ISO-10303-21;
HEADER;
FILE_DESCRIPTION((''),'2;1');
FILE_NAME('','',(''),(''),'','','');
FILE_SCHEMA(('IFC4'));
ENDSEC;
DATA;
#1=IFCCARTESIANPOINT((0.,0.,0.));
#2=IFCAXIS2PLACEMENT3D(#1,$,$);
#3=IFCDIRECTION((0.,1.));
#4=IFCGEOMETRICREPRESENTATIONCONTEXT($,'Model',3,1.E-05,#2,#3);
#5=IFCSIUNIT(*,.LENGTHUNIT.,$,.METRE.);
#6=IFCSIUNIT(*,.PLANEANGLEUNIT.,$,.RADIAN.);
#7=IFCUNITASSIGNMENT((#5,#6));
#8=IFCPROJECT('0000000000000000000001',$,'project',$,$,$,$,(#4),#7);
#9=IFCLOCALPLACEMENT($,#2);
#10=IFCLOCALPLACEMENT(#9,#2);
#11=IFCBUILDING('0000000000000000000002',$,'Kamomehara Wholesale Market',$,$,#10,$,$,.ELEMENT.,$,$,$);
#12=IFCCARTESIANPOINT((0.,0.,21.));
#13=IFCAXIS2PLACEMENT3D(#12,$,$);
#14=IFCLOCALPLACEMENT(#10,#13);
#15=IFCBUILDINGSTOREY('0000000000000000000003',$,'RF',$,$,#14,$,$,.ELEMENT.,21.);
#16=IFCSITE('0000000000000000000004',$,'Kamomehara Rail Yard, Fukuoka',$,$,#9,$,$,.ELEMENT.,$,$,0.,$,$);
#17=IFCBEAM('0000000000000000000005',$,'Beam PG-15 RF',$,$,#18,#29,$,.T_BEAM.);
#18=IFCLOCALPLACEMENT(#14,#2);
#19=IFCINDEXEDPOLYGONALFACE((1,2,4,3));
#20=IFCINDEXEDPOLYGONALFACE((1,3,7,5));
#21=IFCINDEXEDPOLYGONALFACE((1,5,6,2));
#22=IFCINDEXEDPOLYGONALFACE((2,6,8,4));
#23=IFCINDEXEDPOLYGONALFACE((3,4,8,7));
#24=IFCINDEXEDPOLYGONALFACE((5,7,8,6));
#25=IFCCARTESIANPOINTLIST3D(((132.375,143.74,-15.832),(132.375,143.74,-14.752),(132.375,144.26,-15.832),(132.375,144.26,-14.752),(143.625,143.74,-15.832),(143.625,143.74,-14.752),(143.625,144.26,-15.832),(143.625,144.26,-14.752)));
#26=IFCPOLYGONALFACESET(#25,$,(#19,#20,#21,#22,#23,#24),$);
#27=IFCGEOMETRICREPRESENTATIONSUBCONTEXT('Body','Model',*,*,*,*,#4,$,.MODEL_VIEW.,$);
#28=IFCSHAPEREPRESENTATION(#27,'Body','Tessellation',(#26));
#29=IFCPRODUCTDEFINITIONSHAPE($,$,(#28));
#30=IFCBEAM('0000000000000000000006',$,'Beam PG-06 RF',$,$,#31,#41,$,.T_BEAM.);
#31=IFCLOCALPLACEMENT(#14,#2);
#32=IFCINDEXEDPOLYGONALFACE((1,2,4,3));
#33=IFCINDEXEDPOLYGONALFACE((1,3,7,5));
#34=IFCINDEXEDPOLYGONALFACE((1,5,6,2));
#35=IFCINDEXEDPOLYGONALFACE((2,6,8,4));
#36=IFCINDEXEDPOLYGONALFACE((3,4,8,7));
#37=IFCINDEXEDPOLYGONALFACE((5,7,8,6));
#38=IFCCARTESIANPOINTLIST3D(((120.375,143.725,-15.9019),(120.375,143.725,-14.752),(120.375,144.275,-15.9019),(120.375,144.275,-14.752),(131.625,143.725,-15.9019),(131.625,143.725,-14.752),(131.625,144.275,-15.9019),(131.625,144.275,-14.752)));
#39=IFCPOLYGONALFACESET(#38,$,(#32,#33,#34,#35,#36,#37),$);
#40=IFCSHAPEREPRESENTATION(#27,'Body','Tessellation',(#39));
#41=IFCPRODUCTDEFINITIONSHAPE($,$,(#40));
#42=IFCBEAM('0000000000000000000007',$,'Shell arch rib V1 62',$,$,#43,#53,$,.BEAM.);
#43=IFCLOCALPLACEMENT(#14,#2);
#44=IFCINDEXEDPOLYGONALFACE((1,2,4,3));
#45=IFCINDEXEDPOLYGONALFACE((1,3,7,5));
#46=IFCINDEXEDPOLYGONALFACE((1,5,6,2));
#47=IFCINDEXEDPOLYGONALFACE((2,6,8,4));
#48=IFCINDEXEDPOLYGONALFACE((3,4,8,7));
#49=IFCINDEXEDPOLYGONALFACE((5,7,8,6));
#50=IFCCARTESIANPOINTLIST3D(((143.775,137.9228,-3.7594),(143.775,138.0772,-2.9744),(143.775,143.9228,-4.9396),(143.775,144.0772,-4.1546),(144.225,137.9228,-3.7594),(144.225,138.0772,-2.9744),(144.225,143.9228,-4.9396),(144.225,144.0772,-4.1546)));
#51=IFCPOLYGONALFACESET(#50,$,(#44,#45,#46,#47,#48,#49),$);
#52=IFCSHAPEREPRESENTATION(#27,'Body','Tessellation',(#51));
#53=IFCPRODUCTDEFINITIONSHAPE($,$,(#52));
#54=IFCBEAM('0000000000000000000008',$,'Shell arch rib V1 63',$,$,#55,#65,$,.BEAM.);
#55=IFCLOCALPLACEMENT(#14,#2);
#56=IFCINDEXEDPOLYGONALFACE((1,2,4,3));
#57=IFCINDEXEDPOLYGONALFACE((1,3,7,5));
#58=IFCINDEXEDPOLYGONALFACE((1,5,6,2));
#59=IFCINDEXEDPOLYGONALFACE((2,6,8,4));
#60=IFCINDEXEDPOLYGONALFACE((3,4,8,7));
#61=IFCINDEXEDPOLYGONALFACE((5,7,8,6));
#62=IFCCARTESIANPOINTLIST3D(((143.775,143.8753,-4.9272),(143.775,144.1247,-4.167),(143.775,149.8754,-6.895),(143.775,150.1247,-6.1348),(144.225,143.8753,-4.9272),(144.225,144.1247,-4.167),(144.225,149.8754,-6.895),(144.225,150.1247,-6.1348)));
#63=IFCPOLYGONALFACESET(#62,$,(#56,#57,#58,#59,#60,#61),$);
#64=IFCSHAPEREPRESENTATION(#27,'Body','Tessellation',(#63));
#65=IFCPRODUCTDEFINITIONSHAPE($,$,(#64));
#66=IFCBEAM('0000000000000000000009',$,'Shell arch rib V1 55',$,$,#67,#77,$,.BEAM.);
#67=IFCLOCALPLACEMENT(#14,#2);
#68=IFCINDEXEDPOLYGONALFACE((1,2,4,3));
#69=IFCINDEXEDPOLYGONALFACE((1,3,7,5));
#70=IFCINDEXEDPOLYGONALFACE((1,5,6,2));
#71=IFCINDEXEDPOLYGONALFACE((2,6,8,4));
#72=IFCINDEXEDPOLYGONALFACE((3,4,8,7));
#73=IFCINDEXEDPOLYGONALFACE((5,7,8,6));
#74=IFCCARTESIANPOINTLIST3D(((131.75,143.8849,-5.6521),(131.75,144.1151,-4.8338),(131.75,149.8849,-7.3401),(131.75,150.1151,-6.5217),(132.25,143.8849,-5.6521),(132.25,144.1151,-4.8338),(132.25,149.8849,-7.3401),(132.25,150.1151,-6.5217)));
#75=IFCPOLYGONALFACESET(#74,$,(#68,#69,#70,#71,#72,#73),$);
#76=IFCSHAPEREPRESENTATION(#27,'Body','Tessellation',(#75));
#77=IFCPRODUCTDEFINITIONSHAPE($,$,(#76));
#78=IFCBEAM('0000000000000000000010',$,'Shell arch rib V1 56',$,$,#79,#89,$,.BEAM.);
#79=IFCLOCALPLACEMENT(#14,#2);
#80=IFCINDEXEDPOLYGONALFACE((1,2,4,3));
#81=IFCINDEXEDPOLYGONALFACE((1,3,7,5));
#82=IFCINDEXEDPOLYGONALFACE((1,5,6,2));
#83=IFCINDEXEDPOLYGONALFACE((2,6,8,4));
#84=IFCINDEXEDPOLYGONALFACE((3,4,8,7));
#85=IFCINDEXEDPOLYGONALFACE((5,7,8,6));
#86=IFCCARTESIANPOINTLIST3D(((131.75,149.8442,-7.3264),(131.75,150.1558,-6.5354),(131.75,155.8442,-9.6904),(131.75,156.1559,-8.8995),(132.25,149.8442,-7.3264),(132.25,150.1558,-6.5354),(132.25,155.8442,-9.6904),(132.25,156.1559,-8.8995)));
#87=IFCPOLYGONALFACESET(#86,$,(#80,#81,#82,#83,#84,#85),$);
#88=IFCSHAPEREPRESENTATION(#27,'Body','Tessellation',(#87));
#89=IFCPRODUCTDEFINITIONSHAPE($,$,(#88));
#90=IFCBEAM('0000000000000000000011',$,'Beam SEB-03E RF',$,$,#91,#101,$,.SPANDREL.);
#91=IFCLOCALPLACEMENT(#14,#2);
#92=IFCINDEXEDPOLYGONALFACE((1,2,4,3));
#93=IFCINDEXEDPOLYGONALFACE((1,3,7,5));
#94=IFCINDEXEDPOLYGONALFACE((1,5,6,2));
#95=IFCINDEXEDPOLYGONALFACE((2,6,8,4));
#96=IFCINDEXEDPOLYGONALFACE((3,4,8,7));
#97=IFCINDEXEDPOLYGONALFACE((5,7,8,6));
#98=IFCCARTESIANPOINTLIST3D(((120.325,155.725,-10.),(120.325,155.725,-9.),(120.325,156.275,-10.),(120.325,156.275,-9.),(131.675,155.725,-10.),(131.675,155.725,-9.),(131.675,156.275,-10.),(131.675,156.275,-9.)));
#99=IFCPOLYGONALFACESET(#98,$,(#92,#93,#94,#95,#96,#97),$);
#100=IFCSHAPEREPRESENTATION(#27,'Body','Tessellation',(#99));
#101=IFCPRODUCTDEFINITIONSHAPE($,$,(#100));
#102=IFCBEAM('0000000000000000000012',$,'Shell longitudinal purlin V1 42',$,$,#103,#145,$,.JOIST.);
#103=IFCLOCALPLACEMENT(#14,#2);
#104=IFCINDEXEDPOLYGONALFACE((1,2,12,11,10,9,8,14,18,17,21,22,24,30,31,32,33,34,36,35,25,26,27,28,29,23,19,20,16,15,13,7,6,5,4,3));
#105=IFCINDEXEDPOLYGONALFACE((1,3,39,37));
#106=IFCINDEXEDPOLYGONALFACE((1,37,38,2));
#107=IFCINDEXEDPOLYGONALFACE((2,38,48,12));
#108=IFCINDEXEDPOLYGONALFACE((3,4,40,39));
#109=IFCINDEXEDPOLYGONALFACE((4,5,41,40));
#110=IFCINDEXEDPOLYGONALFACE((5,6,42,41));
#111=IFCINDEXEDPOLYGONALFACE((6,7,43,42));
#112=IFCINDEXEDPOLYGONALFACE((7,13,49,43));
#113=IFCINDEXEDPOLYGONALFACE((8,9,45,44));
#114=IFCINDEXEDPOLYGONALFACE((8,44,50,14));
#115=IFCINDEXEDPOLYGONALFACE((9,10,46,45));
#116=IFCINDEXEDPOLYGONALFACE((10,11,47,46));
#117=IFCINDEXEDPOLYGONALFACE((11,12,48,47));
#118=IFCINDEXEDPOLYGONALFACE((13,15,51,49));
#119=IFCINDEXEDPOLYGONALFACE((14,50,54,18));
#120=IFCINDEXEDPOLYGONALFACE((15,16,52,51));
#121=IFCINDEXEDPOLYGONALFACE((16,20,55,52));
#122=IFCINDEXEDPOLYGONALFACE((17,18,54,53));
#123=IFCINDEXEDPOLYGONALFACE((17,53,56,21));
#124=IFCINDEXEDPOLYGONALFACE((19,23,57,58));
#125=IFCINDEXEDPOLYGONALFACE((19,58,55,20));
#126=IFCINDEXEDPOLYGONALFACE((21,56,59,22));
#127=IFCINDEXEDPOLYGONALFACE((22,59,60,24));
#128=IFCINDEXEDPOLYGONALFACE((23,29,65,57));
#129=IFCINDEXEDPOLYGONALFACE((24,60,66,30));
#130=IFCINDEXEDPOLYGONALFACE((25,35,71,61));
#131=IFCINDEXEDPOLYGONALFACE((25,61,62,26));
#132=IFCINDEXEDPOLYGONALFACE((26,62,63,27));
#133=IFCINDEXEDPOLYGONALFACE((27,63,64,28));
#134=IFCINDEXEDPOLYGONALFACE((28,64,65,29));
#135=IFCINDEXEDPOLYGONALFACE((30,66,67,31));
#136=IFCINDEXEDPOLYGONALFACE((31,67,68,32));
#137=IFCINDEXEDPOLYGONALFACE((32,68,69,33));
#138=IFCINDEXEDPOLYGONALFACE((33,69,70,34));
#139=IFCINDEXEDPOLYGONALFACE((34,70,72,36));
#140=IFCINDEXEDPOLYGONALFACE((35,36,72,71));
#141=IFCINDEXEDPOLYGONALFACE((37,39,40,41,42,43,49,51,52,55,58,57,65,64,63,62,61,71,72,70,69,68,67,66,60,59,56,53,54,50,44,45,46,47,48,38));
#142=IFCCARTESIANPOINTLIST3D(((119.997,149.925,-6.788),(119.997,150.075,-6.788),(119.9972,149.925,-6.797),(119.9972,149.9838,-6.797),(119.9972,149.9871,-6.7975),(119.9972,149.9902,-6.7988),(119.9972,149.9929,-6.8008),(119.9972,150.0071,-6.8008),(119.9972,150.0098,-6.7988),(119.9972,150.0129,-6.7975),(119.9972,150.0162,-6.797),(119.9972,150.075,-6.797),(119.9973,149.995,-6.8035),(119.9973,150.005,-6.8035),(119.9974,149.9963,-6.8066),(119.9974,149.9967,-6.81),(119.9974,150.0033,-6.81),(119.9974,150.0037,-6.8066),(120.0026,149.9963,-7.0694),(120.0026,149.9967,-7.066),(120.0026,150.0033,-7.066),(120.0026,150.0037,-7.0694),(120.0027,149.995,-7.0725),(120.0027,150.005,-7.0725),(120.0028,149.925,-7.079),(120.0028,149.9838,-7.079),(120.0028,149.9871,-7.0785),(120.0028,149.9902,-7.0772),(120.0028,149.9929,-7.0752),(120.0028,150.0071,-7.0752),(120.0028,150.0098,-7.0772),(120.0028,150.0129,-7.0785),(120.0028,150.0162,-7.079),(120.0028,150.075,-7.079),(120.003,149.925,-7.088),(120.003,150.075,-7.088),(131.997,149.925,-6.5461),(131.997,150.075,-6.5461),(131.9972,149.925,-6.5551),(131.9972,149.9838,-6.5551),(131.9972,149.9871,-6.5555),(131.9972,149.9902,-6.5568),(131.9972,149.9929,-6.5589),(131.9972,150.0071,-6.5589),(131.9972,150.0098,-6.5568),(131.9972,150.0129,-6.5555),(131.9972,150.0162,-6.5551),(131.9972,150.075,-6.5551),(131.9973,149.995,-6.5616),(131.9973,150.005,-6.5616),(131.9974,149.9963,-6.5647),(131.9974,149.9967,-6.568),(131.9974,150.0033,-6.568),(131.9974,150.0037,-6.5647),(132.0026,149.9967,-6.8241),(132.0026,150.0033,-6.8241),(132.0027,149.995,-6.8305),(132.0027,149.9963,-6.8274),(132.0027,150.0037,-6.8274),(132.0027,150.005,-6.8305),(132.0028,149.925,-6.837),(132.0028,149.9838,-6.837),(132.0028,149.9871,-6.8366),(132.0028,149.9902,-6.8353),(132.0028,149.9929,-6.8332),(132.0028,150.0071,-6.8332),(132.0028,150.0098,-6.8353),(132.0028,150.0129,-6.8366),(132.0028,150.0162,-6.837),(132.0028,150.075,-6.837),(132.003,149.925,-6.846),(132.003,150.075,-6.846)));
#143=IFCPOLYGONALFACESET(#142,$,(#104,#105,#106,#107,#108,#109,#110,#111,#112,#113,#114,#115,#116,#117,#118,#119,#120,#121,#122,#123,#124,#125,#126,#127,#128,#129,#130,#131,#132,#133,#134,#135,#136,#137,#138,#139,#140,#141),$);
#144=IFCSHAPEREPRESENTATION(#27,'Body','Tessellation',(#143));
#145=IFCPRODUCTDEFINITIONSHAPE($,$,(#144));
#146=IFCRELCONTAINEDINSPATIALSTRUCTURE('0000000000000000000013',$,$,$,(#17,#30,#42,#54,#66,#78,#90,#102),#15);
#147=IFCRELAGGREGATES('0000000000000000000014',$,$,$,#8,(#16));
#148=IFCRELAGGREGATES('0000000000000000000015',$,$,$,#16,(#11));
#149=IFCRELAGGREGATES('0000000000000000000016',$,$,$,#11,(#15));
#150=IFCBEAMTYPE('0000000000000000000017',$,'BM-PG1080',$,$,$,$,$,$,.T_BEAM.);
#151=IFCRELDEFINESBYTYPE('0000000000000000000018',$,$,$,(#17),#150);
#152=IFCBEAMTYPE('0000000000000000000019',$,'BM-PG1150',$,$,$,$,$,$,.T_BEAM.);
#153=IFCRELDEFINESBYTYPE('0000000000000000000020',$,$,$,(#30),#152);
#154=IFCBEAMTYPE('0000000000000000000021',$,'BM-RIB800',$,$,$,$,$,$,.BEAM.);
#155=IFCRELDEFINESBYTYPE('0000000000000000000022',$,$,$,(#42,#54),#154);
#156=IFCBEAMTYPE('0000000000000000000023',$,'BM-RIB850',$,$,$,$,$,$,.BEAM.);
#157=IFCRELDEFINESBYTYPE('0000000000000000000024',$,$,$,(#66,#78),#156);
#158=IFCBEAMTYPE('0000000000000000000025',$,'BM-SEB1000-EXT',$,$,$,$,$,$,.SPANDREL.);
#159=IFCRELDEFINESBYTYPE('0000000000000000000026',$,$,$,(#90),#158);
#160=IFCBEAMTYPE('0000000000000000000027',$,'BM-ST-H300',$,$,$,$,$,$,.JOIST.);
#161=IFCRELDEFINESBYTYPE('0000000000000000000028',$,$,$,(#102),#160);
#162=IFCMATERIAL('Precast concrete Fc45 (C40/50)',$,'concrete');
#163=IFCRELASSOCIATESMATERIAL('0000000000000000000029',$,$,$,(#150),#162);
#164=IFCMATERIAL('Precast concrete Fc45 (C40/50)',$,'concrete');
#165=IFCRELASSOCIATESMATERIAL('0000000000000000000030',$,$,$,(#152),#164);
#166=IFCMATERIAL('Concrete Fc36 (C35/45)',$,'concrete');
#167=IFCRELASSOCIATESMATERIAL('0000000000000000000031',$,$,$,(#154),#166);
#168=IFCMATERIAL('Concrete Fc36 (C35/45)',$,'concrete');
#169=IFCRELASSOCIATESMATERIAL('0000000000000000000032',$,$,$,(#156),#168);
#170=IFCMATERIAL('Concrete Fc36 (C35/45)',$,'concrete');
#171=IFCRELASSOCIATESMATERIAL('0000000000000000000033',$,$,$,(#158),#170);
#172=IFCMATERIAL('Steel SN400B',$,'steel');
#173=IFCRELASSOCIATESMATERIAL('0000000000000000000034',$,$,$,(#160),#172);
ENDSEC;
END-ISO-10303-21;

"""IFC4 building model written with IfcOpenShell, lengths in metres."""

from ifc_helpers import new_model, si_unit, direction, frame, origin, origin_2d, place, context, subcontext, project, spatial, rectangle, i_section, extrude, material, material_profile, profile_set, type_object, element, save


model = new_model("IFC4")

# Units and contexts
model_context = context("Model", 3, precision=1e-05, world=origin(), true_north=direction((0.0, 1.0)))
body_context = subcontext(model_context, "Body", "Model", "MODEL_VIEW")
ifc_project = project(units=[si_unit("LENGTHUNIT", "METRE"), si_unit("PLANEANGLEUNIT", "RADIAN")], contexts=[model_context])

# Site, building, storey
site_placement = place(None, origin())
site = spatial("IfcSite", under=ifc_project, at=site_placement, Name="Kamomehara Rail Yard, Fukuoka", CompositionType="ELEMENT", RefElevation=0.0)
building_placement = place(site_placement, origin())
building = spatial("IfcBuilding", under=site, at=building_placement, Name="Kamomehara Wholesale Market", CompositionType="ELEMENT")
storey_placement = place(building_placement, frame((0.0, 0.0, 21.0)))
storey = spatial("IfcBuildingStorey", under=building, at=storey_placement, Name="RF", CompositionType="ELEMENT", Elevation=21.0)

# Beams
ifc_material_1 = material(Name="Precast concrete Fc45 (C40/50)", Category="concrete")
ifc_material_profile_1 = material_profile(ifc_material_1, rectangle(XDim=0.52, YDim=1.0801, at=origin_2d()), Name="PC-GRD-520x1080")
ifc_profile_set_1 = profile_set([ifc_material_profile_1], Name="Precast concrete Fc45 (C40/50)")
beam_type_1 = type_object("IfcBeamType", Name="BM-PG1080", PredefinedType="T_BEAM", material=ifc_profile_set_1)
beam_1_placement = place(storey_placement, frame((132.375, 144.0, -15.292), z_axis=(1.0, 0.0, 0.0), x_axis=(0.0, 1.0, 0.0)))
element("IfcBeam", 1, at=beam_1_placement, inside=storey, type_object=beam_type_1, Name="Beam PG-15 RF", PredefinedType="T_BEAM", context=body_context, shape_type="SweptSolid", body=[
    extrude(rectangle(XDim=0.52, YDim=1.0801, at=origin_2d()), origin(), (0.0, 0.0, 1.0), 11.25),
])
ifc_material_2 = material(Name="Precast concrete Fc45 (C40/50)", Category="concrete")
ifc_material_profile_2 = material_profile(ifc_material_2, rectangle(XDim=0.55, YDim=1.1499, at=origin_2d()), Name="PC-GRD-550x1150")
ifc_profile_set_2 = profile_set([ifc_material_profile_2], Name="Precast concrete Fc45 (C40/50)")
beam_type_2 = type_object("IfcBeamType", Name="BM-PG1150", PredefinedType="T_BEAM", material=ifc_profile_set_2)
beam_2_placement = place(storey_placement, frame((120.375, 144.0, -15.3269), z_axis=(1.0, 0.0, 0.0), x_axis=(0.0, 1.0, 0.0)))
element("IfcBeam", 2, at=beam_2_placement, inside=storey, type_object=beam_type_2, Name="Beam PG-06 RF", PredefinedType="T_BEAM", context=body_context, shape_type="SweptSolid", body=[
    extrude(rectangle(XDim=0.55, YDim=1.1499, at=origin_2d()), origin(), (0.0, 0.0, 1.0), 11.25),
])
ifc_material_3 = material(Name="Concrete Fc36 (C35/45)", Category="concrete")
ifc_material_profile_3 = material_profile(ifc_material_3, rectangle(XDim=0.45, YDim=0.8, at=origin_2d()), Name="RC-RIB-450x800")
ifc_profile_set_3 = profile_set([ifc_material_profile_3], Name="Concrete Fc36 (C35/45)")
beam_type_3 = type_object("IfcBeamType", Name="BM-RIB800", PredefinedType="BEAM", material=ifc_profile_set_3)
beam_3_placement = place(storey_placement, frame((144.0, 138.0, -3.3669), z_axis=(0.0, 0.981199, -0.192998), x_axis=(-1.0, 0.0, 0.0)))
element("IfcBeam", 3, at=beam_3_placement, inside=storey, type_object=beam_type_3, Name="Shell arch rib V1 62", PredefinedType="BEAM", context=body_context, shape_type="SweptSolid", body=[
    extrude(rectangle(XDim=0.45, YDim=0.8, at=origin_2d()), origin(), (0.0, 0.0, 1.0), 6.115),
])
beam_4_placement = place(storey_placement, frame((144.0, 144.0, -4.5471), z_axis=(0.0, 0.950203, -0.311631), x_axis=(-1.0, 0.0, 0.0)))
element("IfcBeam", 4, at=beam_4_placement, inside=storey, type_object=beam_type_3, Name="Shell arch rib V1 63", PredefinedType="BEAM", context=body_context, shape_type="SweptSolid", body=[
    extrude(rectangle(XDim=0.45, YDim=0.8, at=origin_2d()), origin(), (0.0, 0.0, 1.0), 6.3145),
])
ifc_material_4 = material(Name="Concrete Fc36 (C35/45)", Category="concrete")
ifc_material_profile_4 = material_profile(ifc_material_4, rectangle(XDim=0.5, YDim=0.8501, at=origin_2d()), Name="RC-RIB-500x850")
ifc_profile_set_4 = profile_set([ifc_material_profile_4], Name="Concrete Fc36 (C35/45)")
beam_type_4 = type_object("IfcBeamType", Name="BM-RIB850", PredefinedType="BEAM", material=ifc_profile_set_4)
beam_5_placement = place(storey_placement, frame((132.0, 144.0, -5.2429), z_axis=(0.0, 0.962631, -0.270818), x_axis=(-1.0, 0.0, 0.0)))
element("IfcBeam", 5, at=beam_5_placement, inside=storey, type_object=beam_type_4, Name="Shell arch rib V1 55", PredefinedType="BEAM", context=body_context, shape_type="SweptSolid", body=[
    extrude(rectangle(XDim=0.5, YDim=0.8501, at=origin_2d()), origin(), (0.0, 0.0, 1.0), 6.2329),
])
beam_6_placement = place(storey_placement, frame((132.0, 150.0, -6.9309), z_axis=(0.0, 0.930388, -0.366575), x_axis=(-1.0, 0.0, 0.0)))
element("IfcBeam", 6, at=beam_6_placement, inside=storey, type_object=beam_type_4, Name="Shell arch rib V1 56", PredefinedType="BEAM", context=body_context, shape_type="SweptSolid", body=[
    extrude(rectangle(XDim=0.5, YDim=0.8501, at=origin_2d()), origin(), (0.0, 0.0, 1.0), 6.449),
])
ifc_material_5 = material(Name="Concrete Fc36 (C35/45)", Category="concrete")
ifc_material_profile_5 = material_profile(ifc_material_5, rectangle(XDim=0.55, YDim=1.0, at=origin_2d()), Name="RC-SEB-550x1000")
ifc_profile_set_5 = profile_set([ifc_material_profile_5], Name="Concrete Fc36 (C35/45)")
beam_type_5 = type_object("IfcBeamType", Name="BM-SEB1000-EXT", PredefinedType="SPANDREL", material=ifc_profile_set_5)
beam_7_placement = place(storey_placement, frame((120.325, 156.0, -9.5), z_axis=(1.0, 0.0, 0.0), x_axis=(0.0, 1.0, 0.0)))
element("IfcBeam", 7, at=beam_7_placement, inside=storey, type_object=beam_type_5, Name="Beam SEB-03E RF", PredefinedType="SPANDREL", context=body_context, shape_type="SweptSolid", body=[
    extrude(rectangle(XDim=0.55, YDim=1.0, at=origin_2d()), origin(), (0.0, 0.0, 1.0), 11.3501),
])
ifc_material_6 = material(Name="Steel SN400B", Category="steel")
ifc_material_profile_6 = material_profile(ifc_material_6, i_section(OverallWidth=0.1499, OverallDepth=0.3, WebThickness=0.0066, FlangeThickness=0.009, FilletRadius=0.0129, at=origin_2d()), Name="H-300x150x6.5x9")
ifc_profile_set_6 = profile_set([ifc_material_profile_6], Name="Steel SN400B")
beam_type_6 = type_object("IfcBeamType", Name="BM-ST-H300", PredefinedType="JOIST", material=ifc_profile_set_6)
beam_8_placement = place(storey_placement, frame((120.0, 150.0, -6.938), z_axis=(0.999797, 0.0, 0.020158), x_axis=(0.0, 1.0, 0.0)))
element("IfcBeam", 8, at=beam_8_placement, inside=storey, type_object=beam_type_6, Name="Shell longitudinal purlin V1 42", PredefinedType="JOIST", context=body_context, shape_type="SweptSolid", body=[
    extrude(i_section(OverallWidth=0.1499, OverallDepth=0.3, WebThickness=0.0066, FlangeThickness=0.009, FilletRadius=0.0129, at=origin_2d()), origin(), (0.0, 0.0, 1.0), 12.0024),
])

save(model, "model.ifc")
